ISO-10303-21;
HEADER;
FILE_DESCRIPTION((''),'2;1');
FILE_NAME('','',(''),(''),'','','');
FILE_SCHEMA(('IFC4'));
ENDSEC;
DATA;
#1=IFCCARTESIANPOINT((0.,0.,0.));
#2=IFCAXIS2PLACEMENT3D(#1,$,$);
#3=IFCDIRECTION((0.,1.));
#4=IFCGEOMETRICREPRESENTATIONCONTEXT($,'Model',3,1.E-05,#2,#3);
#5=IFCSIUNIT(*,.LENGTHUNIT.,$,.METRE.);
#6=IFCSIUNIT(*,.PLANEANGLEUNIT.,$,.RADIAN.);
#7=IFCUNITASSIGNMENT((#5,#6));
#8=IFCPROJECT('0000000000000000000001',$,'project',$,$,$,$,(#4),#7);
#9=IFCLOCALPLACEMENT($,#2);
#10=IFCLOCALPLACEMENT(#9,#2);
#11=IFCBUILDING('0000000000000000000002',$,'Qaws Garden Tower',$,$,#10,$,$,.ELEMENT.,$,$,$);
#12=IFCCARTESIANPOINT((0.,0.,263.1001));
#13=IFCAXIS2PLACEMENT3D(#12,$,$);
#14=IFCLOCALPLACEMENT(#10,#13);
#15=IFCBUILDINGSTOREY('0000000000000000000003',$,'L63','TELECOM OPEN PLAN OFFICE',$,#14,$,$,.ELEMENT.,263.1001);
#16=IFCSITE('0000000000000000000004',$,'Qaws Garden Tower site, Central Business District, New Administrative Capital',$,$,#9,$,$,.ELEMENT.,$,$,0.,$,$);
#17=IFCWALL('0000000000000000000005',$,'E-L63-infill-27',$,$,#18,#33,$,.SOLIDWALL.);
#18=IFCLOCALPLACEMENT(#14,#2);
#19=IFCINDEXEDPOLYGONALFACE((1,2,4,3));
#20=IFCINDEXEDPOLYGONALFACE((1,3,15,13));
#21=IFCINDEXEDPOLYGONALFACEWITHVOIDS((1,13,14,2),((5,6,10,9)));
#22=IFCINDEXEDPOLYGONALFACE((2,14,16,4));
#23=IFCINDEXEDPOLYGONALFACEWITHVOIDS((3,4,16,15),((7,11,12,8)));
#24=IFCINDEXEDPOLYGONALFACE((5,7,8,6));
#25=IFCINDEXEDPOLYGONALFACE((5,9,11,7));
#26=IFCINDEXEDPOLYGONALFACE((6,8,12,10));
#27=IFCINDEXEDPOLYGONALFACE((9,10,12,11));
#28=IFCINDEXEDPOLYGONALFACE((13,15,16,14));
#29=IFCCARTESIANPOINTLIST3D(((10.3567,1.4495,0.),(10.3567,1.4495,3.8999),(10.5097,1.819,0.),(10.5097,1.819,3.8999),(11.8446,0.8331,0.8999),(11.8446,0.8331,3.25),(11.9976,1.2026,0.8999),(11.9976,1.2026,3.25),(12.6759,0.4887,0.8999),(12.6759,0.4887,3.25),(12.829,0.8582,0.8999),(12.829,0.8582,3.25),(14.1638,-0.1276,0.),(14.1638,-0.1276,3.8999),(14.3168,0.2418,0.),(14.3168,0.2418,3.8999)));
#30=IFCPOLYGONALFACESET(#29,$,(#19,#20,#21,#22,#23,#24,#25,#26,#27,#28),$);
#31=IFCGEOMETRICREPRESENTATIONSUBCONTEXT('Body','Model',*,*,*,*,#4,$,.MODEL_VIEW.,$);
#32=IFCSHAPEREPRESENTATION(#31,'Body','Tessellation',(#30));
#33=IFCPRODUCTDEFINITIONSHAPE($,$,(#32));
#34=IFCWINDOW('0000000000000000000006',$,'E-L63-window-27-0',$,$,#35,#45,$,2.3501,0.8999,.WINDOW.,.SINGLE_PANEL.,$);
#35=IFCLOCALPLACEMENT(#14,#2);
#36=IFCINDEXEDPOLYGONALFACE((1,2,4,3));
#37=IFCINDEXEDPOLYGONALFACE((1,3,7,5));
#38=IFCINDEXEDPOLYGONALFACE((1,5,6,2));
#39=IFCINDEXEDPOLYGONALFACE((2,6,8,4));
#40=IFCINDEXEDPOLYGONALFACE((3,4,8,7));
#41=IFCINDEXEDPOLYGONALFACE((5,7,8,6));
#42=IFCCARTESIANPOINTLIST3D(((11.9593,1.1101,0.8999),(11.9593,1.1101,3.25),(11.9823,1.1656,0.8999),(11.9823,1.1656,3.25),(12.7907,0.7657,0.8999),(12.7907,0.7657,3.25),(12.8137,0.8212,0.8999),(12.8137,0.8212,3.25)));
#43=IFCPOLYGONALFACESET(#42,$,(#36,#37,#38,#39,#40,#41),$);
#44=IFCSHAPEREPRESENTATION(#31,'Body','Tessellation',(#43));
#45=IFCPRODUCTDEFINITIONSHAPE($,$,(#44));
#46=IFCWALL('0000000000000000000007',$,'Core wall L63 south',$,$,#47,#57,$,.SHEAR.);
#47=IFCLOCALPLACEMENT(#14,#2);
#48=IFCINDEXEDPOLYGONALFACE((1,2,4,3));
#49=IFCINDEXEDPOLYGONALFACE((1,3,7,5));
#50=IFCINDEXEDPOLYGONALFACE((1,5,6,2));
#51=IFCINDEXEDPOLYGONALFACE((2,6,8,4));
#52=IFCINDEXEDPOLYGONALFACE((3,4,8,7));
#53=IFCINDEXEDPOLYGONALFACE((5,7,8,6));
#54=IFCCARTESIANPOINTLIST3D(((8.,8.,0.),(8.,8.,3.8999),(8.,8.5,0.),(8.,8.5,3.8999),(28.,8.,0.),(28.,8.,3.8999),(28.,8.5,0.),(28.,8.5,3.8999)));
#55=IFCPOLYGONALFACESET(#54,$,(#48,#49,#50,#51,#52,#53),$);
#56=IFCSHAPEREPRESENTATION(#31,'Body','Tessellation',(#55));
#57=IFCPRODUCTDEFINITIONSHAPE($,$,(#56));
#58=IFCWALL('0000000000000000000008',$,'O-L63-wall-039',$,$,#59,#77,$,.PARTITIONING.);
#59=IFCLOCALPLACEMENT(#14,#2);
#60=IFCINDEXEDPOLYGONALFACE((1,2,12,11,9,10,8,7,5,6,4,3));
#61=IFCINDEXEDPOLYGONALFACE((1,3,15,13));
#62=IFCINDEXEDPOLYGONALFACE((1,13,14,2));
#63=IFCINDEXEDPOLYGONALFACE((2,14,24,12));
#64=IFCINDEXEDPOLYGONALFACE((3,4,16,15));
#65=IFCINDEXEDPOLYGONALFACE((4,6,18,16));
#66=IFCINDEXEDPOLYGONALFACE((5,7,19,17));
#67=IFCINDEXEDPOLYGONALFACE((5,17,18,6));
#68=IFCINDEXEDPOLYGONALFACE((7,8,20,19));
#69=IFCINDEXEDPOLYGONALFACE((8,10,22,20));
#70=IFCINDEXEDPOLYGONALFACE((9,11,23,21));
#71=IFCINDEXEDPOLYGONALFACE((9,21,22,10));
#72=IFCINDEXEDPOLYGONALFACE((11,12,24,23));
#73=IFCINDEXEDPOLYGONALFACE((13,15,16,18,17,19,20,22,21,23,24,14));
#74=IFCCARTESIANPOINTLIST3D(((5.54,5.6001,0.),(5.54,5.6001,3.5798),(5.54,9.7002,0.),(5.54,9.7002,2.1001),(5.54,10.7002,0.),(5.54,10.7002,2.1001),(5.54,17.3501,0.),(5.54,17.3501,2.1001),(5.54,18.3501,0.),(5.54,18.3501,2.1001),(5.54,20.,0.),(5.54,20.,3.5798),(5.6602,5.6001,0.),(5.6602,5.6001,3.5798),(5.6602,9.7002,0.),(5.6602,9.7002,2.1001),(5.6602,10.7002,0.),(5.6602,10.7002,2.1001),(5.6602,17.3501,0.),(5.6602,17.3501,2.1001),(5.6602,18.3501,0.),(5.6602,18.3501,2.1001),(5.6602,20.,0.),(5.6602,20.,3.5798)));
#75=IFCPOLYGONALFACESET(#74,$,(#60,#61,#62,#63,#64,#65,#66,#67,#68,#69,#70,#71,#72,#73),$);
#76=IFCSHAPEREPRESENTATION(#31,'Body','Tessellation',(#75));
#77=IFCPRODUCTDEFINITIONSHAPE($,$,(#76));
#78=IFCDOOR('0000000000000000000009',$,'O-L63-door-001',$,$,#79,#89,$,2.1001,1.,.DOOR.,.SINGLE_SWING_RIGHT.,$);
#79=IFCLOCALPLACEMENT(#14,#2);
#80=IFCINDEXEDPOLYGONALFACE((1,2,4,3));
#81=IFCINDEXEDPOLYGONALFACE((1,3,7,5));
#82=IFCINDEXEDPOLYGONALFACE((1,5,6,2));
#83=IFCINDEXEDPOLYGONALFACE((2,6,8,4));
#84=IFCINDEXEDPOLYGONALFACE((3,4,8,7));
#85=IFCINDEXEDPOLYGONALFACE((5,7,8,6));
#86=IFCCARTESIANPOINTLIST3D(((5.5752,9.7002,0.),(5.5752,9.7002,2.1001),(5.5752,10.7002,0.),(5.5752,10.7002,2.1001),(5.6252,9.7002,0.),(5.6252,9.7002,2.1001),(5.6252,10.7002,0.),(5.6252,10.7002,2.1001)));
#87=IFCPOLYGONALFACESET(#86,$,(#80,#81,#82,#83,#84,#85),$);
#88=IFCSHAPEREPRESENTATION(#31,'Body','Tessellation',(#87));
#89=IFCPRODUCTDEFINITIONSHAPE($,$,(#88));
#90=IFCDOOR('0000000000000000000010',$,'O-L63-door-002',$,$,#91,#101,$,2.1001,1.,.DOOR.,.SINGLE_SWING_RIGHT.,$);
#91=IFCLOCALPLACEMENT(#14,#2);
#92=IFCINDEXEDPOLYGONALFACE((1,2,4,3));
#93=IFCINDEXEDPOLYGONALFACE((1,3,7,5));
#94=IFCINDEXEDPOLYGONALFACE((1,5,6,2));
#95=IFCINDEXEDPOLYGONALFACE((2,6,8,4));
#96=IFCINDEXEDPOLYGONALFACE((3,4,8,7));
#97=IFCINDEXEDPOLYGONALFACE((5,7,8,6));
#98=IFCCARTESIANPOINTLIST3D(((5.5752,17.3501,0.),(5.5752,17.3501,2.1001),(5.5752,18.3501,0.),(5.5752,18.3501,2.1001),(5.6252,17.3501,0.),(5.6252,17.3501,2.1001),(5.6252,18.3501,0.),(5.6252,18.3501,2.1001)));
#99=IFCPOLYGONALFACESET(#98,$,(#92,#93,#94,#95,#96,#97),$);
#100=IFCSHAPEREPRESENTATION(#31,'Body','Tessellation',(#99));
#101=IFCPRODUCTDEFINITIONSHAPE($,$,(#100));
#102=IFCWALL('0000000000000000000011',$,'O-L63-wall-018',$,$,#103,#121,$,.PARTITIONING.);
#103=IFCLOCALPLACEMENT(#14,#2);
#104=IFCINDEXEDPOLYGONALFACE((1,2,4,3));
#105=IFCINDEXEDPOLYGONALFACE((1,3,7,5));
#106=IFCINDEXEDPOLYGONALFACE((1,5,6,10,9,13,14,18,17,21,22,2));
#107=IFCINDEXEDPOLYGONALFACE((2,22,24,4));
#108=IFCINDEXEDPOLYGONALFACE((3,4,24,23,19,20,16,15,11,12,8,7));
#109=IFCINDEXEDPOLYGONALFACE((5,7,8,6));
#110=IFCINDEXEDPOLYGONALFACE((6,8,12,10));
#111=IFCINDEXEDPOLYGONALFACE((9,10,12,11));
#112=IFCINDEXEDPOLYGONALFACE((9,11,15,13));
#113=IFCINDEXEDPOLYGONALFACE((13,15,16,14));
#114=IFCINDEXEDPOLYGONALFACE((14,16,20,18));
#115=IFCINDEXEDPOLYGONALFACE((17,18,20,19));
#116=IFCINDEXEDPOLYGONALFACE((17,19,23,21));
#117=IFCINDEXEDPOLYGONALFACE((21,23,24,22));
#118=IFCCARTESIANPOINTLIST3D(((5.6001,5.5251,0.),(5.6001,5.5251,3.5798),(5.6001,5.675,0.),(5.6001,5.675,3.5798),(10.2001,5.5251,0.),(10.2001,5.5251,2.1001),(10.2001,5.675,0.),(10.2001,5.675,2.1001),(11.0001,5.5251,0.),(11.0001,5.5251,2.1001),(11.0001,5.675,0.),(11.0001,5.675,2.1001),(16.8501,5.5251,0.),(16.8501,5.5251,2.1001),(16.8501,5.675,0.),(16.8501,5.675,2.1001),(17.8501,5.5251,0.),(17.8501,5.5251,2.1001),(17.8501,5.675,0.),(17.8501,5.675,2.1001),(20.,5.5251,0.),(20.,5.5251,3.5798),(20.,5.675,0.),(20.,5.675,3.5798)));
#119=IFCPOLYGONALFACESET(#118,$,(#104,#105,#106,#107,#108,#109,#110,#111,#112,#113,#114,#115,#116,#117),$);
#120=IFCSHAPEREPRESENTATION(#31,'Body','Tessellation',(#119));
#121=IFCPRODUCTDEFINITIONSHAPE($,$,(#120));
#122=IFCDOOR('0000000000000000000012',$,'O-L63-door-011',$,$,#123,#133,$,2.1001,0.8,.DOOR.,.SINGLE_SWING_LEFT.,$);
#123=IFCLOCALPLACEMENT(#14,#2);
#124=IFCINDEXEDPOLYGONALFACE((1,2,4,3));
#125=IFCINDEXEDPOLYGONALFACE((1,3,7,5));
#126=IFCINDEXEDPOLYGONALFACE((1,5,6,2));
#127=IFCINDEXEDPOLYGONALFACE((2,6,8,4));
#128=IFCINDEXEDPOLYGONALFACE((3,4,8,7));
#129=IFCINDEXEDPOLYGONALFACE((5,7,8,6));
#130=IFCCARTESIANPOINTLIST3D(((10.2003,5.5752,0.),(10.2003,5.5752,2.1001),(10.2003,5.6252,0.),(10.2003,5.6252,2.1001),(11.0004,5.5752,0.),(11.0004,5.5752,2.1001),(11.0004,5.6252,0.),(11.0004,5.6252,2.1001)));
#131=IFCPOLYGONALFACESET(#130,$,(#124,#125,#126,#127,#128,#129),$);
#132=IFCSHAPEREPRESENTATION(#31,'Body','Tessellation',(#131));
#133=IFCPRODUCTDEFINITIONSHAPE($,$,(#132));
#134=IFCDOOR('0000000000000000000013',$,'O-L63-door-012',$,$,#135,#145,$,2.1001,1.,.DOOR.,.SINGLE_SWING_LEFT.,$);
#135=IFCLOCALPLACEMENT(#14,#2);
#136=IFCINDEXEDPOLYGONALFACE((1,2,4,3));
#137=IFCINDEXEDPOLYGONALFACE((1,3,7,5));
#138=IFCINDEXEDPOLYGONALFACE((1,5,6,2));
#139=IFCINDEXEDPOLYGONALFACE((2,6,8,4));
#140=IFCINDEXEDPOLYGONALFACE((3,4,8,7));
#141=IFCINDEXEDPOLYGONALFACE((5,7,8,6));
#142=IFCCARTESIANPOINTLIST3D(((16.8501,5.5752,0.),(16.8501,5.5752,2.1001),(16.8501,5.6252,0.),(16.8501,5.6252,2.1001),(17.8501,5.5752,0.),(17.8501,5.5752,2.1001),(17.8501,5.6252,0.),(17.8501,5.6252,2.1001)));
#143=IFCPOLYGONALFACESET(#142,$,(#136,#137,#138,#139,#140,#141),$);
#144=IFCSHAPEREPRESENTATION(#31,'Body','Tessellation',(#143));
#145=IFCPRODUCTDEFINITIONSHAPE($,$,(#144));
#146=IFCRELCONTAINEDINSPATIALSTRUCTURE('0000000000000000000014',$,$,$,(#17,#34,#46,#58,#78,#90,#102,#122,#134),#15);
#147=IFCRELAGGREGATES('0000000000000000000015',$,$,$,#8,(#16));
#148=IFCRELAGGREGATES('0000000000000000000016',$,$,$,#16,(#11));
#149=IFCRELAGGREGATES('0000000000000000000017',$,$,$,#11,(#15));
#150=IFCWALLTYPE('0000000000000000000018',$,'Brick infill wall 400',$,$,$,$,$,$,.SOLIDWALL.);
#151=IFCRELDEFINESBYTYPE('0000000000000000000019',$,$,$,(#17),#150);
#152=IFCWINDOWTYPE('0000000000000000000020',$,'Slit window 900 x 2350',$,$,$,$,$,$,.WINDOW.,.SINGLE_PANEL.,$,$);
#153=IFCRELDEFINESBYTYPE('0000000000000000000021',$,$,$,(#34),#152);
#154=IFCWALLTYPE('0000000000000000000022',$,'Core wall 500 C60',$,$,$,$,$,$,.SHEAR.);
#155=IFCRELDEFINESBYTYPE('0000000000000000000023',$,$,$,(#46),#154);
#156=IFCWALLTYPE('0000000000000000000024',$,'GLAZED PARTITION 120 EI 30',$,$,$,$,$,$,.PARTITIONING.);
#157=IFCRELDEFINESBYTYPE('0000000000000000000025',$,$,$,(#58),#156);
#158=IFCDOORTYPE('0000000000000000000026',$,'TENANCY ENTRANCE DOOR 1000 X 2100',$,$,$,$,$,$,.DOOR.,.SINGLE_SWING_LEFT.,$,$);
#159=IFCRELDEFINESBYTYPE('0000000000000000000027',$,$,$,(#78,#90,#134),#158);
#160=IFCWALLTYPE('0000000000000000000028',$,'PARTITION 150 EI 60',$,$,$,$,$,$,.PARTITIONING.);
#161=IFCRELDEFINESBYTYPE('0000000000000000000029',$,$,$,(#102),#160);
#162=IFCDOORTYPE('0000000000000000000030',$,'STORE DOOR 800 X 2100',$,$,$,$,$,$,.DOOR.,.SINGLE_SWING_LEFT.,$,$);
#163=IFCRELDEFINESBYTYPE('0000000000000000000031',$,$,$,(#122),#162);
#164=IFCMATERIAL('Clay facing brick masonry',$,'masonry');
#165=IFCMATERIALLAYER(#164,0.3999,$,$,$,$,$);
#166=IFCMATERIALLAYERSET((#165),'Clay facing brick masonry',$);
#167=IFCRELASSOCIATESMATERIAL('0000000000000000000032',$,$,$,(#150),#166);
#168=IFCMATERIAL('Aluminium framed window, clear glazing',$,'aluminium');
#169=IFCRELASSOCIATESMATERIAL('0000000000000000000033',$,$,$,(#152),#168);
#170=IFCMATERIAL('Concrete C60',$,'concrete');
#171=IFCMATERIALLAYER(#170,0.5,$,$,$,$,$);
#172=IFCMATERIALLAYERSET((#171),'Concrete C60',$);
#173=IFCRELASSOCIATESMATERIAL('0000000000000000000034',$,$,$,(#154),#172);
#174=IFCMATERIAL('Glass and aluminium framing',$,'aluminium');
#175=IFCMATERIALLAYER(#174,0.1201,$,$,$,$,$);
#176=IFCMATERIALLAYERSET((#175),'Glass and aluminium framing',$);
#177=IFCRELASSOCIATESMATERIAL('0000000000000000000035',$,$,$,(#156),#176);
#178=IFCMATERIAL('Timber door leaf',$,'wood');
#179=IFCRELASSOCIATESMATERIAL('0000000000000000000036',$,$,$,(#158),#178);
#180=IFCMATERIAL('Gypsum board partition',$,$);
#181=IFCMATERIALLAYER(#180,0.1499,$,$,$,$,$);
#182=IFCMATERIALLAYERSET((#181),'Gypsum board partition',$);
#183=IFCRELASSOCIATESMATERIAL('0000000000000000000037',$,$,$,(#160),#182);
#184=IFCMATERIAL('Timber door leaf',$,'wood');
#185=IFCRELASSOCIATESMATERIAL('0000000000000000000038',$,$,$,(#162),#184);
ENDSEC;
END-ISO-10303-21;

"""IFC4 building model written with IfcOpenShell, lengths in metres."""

from ifc_helpers import new_model, si_unit, direction, frame, frame_2d, origin, place, context, subcontext, project, spatial, rectangle, extrude, material, layer, layer_set, type_object, element, fill, save


model = new_model("IFC4")

# Units and contexts
model_context = context("Model", 3, precision=1e-05, world=origin(), true_north=direction((0.0, 1.0)))
body_context = subcontext(model_context, "Body", "Model", "MODEL_VIEW")
ifc_project = project(units=[si_unit("LENGTHUNIT", "METRE"), si_unit("PLANEANGLEUNIT", "RADIAN")], contexts=[model_context])

# Site, building, storey
site_placement = place(None, origin())
site = spatial("IfcSite", under=ifc_project, at=site_placement, Name="Qaws Garden Tower site, Central Business District, New Administrative Capital", CompositionType="ELEMENT", RefElevation=0.0)
building_placement = place(site_placement, origin())
building = spatial("IfcBuilding", under=site, at=building_placement, Name="Qaws Garden Tower", CompositionType="ELEMENT")
storey_placement = place(building_placement, frame((0.0, 0.0, 263.1001)))
storey = spatial("IfcBuildingStorey", under=building, at=storey_placement, Name="L63", Description="TELECOM OPEN PLAN OFFICE", CompositionType="ELEMENT", Elevation=263.1001)

# Wall, opening, window
ifc_material_1 = material(Name="Clay facing brick masonry", Category="masonry")
ifc_layer_1 = layer(ifc_material_1, 0.3999)
ifc_layer_set_1 = layer_set([ifc_layer_1], Name="Clay facing brick masonry")
wall_type_1 = type_object("IfcWallType", Name="Brick infill wall 400", PredefinedType="SOLIDWALL", material=ifc_layer_set_1)
ifc_material_2 = material(Name="Aluminium framed window, clear glazing", Category="aluminium")
window_type = type_object("IfcWindowType", Name="Slit window 900 x 2350", PartitioningType="SINGLE_PANEL", PredefinedType="WINDOW", material=ifc_material_2)
wall_1_placement = place(storey_placement, frame((10.4331, 1.6343, 0.0), z_axis=(0.0, 0.0, 1.0), x_axis=(0.923864, -0.382722, 0.0)))
wall_1 = element("IfcWall", 1, at=wall_1_placement, inside=storey, type_object=wall_type_1, Name="E-L63-infill-27", PredefinedType="SOLIDWALL", context=body_context, shape_type="SweptSolid", body=[
    extrude(rectangle(XDim=4.1208, YDim=0.3999, at=frame_2d((2.0605, 0.0))), origin(), (0.0, 0.0, 1.0), 3.8999),
])
opening_1_placement = place(wall_1_placement, frame((1.6106, 0.0, 0.8999)))
opening_1 = element("IfcOpeningElement", 2, at=opening_1_placement, cuts=wall_1, PredefinedType="OPENING", context=body_context, shape_type="SweptSolid", body=[
    extrude(rectangle(XDim=0.8999, YDim=2.3501, at=frame_2d((0.45, 1.175))), frame((0.0, 0.21, 0.0), z_axis=(0.0, -1.0, 0.0), x_axis=(1.0, 0.0, 0.0)), (0.0, 0.0, 1.0), 0.4199),
])
window_1_placement = place(opening_1_placement, origin())
window_1 = element("IfcWindow", 3, at=window_1_placement, inside=storey, type_object=window_type, Name="E-L63-window-27-0", OverallHeight=2.3501, OverallWidth=0.8999, PartitioningType="SINGLE_PANEL", PredefinedType="WINDOW", context=body_context, shape_type="SweptSolid", body=[
    extrude(rectangle(XDim=0.8999, YDim=2.3501, at=frame_2d((0.45, 1.175))), frame((0.0, 0.1599, 0.0), z_axis=(0.0, -1.0, 0.0), x_axis=(1.0, 0.0, 0.0)), (0.0, 0.0, 1.0), 0.0601),
])
fill(opening_1, window_1)

# Wall
ifc_material_3 = material(Name="Concrete C60", Category="concrete")
ifc_layer_2 = layer(ifc_material_3, 0.5)
ifc_layer_set_2 = layer_set([ifc_layer_2], Name="Concrete C60")
wall_type_2 = type_object("IfcWallType", Name="Core wall 500 C60", PredefinedType="SHEAR", material=ifc_layer_set_2)
wall_2_placement = place(storey_placement, frame((8.0, 8.25, 0.0), z_axis=(0.0, 0.0, 1.0), x_axis=(1.0, 0.0, 0.0)))
element("IfcWall", 4, at=wall_2_placement, inside=storey, type_object=wall_type_2, Name="Core wall L63 south", PredefinedType="SHEAR", context=body_context, shape_type="SweptSolid", body=[
    extrude(rectangle(XDim=20.0, YDim=0.5, at=frame_2d((10.0, 0.0))), origin(), (0.0, 0.0, 1.0), 3.8999),
])

# Walls, openings, doors
ifc_material_4 = material(Name="Glass and aluminium framing", Category="aluminium")
ifc_layer_3 = layer(ifc_material_4, 0.1201)
ifc_layer_set_3 = layer_set([ifc_layer_3], Name="Glass and aluminium framing")
wall_type_3 = type_object("IfcWallType", Name="GLAZED PARTITION 120 EI 30", PredefinedType="PARTITIONING", material=ifc_layer_set_3)
wall_3_placement = place(storey_placement, frame((5.6001, 5.6001, 0.0), z_axis=(0.0, 0.0, 1.0), x_axis=(0.0, 1.0, 0.0)))
wall_3 = element("IfcWall", 5, at=wall_3_placement, inside=storey, type_object=wall_type_3, Name="O-L63-wall-039", PredefinedType="PARTITIONING", context=body_context, shape_type="SweptSolid", body=[
    extrude(rectangle(XDim=14.3999, YDim=0.1201, at=frame_2d((7.2, 0.0))), origin(), (0.0, 0.0, 1.0), 3.5798),
])
opening_2_placement = place(wall_3_placement, frame((4.1001, 0.0, 0.0)))
opening_2 = element("IfcOpeningElement", 6, at=opening_2_placement, cuts=wall_3, PredefinedType="OPENING", context=body_context, shape_type="SweptSolid", body=[
    extrude(rectangle(XDim=1.0, YDim=2.1001, at=frame_2d((0.5, 1.05))), frame((0.0, 0.0701, 0.0), z_axis=(0.0, -1.0, 0.0), x_axis=(1.0, 0.0, 0.0)), (0.0, 0.0, 1.0), 0.1401),
])
opening_3_placement = place(wall_3_placement, frame((11.75, 0.0, 0.0)))
opening_3 = element("IfcOpeningElement", 7, at=opening_3_placement, cuts=wall_3, PredefinedType="OPENING", context=body_context, shape_type="SweptSolid", body=[
    extrude(rectangle(XDim=1.0, YDim=2.1001, at=frame_2d((0.5, 1.05))), frame((0.0, 0.0701, 0.0), z_axis=(0.0, -1.0, 0.0), x_axis=(1.0, 0.0, 0.0)), (0.0, 0.0, 1.0), 0.1401),
])
ifc_material_5 = material(Name="Timber door leaf", Category="wood")
door_type_1 = type_object("IfcDoorType", Name="TENANCY ENTRANCE DOOR 1000 X 2100", OperationType="SINGLE_SWING_LEFT", PredefinedType="DOOR", material=ifc_material_5)
door_1_placement = place(opening_2_placement, origin())
door_1 = element("IfcDoor", 8, at=door_1_placement, inside=storey, type_object=door_type_1, Name="O-L63-door-001", OperationType="SINGLE_SWING_RIGHT", OverallHeight=2.1001, OverallWidth=1.0, PredefinedType="DOOR", context=body_context, shape_type="SweptSolid", body=[
    extrude(rectangle(XDim=1.0, YDim=2.1001, at=frame_2d((0.5, 1.05))), frame((0.0, 0.0249, 0.0), z_axis=(0.0, -1.0, 0.0), x_axis=(1.0, 0.0, 0.0)), (0.0, 0.0, 1.0), 0.05),
])
fill(opening_2, door_1)
door_2_placement = place(opening_3_placement, origin())
door_2 = element("IfcDoor", 9, at=door_2_placement, inside=storey, type_object=door_type_1, Name="O-L63-door-002", OperationType="SINGLE_SWING_RIGHT", OverallHeight=2.1001, OverallWidth=1.0, PredefinedType="DOOR", context=body_context, shape_type="SweptSolid", body=[
    extrude(rectangle(XDim=1.0, YDim=2.1001, at=frame_2d((0.5, 1.05))), frame((0.0, 0.0249, 0.0), z_axis=(0.0, -1.0, 0.0), x_axis=(1.0, 0.0, 0.0)), (0.0, 0.0, 1.0), 0.05),
])
fill(opening_3, door_2)
ifc_material_6 = material(Name="Gypsum board partition")
ifc_layer_4 = layer(ifc_material_6, 0.1499)
ifc_layer_set_4 = layer_set([ifc_layer_4], Name="Gypsum board partition")
wall_type_4 = type_object("IfcWallType", Name="PARTITION 150 EI 60", PredefinedType="PARTITIONING", material=ifc_layer_set_4)
wall_4_placement = place(storey_placement, frame((5.6001, 5.6001, 0.0), z_axis=(0.0, 0.0, 1.0), x_axis=(1.0, 0.0, 0.0)))
wall_4 = element("IfcWall", 10, at=wall_4_placement, inside=storey, type_object=wall_type_4, Name="O-L63-wall-018", PredefinedType="PARTITIONING", context=body_context, shape_type="SweptSolid", body=[
    extrude(rectangle(XDim=14.3999, YDim=0.1499, at=frame_2d((7.2, 0.0))), origin(), (0.0, 0.0, 1.0), 3.5798),
])
opening_4_placement = place(wall_4_placement, frame((4.6001, 0.0, 0.0)))
opening_4 = element("IfcOpeningElement", 11, at=opening_4_placement, cuts=wall_4, PredefinedType="OPENING", context=body_context, shape_type="SweptSolid", body=[
    extrude(rectangle(XDim=0.8, YDim=2.1001, at=frame_2d((0.3999, 1.05))), frame((0.0, 0.085, 0.0), z_axis=(0.0, -1.0, 0.0), x_axis=(1.0, 0.0, 0.0)), (0.0, 0.0, 1.0), 0.1699),
])
opening_5_placement = place(wall_4_placement, frame((11.25, 0.0, 0.0)))
opening_5 = element("IfcOpeningElement", 12, at=opening_5_placement, cuts=wall_4, PredefinedType="OPENING", context=body_context, shape_type="SweptSolid", body=[
    extrude(rectangle(XDim=1.0, YDim=2.1001, at=frame_2d((0.5, 1.05))), frame((0.0, 0.085, 0.0), z_axis=(0.0, -1.0, 0.0), x_axis=(1.0, 0.0, 0.0)), (0.0, 0.0, 1.0), 0.1699),
])
ifc_material_7 = material(Name="Timber door leaf", Category="wood")
door_type_2 = type_object("IfcDoorType", Name="STORE DOOR 800 X 2100", OperationType="SINGLE_SWING_LEFT", PredefinedType="DOOR", material=ifc_material_7)
door_3_placement = place(opening_4_placement, frame((0.8, 0.0, 0.0), z_axis=(0.0, 0.0, 1.0), x_axis=(-1.0, 0.0, 0.0)))
door_3 = element("IfcDoor", 13, at=door_3_placement, inside=storey, type_object=door_type_2, Name="O-L63-door-011", OperationType="SINGLE_SWING_LEFT", OverallHeight=2.1001, OverallWidth=0.8, PredefinedType="DOOR", context=body_context, shape_type="SweptSolid", body=[
    extrude(rectangle(XDim=0.8, YDim=2.1001, at=frame_2d((0.3999, 1.05))), frame((0.0, 0.0249, 0.0), z_axis=(0.0, -1.0, 0.0), x_axis=(1.0, 0.0, 0.0)), (0.0, 0.0, 1.0), 0.05),
])
fill(opening_4, door_3)
door_4_placement = place(opening_5_placement, frame((1.0, 0.0, 0.0), z_axis=(0.0, 0.0, 1.0), x_axis=(-1.0, 0.0, 0.0)))
door_4 = element("IfcDoor", 14, at=door_4_placement, inside=storey, type_object=door_type_1, Name="O-L63-door-012", OperationType="SINGLE_SWING_LEFT", OverallHeight=2.1001, OverallWidth=1.0, PredefinedType="DOOR", context=body_context, shape_type="SweptSolid", body=[
    extrude(rectangle(XDim=1.0, YDim=2.1001, at=frame_2d((0.5, 1.05))), frame((0.0, 0.0249, 0.0), z_axis=(0.0, -1.0, 0.0), x_axis=(1.0, 0.0, 0.0)), (0.0, 0.0, 1.0), 0.05),
])
fill(opening_5, door_4)

save(model, "model.ifc")
